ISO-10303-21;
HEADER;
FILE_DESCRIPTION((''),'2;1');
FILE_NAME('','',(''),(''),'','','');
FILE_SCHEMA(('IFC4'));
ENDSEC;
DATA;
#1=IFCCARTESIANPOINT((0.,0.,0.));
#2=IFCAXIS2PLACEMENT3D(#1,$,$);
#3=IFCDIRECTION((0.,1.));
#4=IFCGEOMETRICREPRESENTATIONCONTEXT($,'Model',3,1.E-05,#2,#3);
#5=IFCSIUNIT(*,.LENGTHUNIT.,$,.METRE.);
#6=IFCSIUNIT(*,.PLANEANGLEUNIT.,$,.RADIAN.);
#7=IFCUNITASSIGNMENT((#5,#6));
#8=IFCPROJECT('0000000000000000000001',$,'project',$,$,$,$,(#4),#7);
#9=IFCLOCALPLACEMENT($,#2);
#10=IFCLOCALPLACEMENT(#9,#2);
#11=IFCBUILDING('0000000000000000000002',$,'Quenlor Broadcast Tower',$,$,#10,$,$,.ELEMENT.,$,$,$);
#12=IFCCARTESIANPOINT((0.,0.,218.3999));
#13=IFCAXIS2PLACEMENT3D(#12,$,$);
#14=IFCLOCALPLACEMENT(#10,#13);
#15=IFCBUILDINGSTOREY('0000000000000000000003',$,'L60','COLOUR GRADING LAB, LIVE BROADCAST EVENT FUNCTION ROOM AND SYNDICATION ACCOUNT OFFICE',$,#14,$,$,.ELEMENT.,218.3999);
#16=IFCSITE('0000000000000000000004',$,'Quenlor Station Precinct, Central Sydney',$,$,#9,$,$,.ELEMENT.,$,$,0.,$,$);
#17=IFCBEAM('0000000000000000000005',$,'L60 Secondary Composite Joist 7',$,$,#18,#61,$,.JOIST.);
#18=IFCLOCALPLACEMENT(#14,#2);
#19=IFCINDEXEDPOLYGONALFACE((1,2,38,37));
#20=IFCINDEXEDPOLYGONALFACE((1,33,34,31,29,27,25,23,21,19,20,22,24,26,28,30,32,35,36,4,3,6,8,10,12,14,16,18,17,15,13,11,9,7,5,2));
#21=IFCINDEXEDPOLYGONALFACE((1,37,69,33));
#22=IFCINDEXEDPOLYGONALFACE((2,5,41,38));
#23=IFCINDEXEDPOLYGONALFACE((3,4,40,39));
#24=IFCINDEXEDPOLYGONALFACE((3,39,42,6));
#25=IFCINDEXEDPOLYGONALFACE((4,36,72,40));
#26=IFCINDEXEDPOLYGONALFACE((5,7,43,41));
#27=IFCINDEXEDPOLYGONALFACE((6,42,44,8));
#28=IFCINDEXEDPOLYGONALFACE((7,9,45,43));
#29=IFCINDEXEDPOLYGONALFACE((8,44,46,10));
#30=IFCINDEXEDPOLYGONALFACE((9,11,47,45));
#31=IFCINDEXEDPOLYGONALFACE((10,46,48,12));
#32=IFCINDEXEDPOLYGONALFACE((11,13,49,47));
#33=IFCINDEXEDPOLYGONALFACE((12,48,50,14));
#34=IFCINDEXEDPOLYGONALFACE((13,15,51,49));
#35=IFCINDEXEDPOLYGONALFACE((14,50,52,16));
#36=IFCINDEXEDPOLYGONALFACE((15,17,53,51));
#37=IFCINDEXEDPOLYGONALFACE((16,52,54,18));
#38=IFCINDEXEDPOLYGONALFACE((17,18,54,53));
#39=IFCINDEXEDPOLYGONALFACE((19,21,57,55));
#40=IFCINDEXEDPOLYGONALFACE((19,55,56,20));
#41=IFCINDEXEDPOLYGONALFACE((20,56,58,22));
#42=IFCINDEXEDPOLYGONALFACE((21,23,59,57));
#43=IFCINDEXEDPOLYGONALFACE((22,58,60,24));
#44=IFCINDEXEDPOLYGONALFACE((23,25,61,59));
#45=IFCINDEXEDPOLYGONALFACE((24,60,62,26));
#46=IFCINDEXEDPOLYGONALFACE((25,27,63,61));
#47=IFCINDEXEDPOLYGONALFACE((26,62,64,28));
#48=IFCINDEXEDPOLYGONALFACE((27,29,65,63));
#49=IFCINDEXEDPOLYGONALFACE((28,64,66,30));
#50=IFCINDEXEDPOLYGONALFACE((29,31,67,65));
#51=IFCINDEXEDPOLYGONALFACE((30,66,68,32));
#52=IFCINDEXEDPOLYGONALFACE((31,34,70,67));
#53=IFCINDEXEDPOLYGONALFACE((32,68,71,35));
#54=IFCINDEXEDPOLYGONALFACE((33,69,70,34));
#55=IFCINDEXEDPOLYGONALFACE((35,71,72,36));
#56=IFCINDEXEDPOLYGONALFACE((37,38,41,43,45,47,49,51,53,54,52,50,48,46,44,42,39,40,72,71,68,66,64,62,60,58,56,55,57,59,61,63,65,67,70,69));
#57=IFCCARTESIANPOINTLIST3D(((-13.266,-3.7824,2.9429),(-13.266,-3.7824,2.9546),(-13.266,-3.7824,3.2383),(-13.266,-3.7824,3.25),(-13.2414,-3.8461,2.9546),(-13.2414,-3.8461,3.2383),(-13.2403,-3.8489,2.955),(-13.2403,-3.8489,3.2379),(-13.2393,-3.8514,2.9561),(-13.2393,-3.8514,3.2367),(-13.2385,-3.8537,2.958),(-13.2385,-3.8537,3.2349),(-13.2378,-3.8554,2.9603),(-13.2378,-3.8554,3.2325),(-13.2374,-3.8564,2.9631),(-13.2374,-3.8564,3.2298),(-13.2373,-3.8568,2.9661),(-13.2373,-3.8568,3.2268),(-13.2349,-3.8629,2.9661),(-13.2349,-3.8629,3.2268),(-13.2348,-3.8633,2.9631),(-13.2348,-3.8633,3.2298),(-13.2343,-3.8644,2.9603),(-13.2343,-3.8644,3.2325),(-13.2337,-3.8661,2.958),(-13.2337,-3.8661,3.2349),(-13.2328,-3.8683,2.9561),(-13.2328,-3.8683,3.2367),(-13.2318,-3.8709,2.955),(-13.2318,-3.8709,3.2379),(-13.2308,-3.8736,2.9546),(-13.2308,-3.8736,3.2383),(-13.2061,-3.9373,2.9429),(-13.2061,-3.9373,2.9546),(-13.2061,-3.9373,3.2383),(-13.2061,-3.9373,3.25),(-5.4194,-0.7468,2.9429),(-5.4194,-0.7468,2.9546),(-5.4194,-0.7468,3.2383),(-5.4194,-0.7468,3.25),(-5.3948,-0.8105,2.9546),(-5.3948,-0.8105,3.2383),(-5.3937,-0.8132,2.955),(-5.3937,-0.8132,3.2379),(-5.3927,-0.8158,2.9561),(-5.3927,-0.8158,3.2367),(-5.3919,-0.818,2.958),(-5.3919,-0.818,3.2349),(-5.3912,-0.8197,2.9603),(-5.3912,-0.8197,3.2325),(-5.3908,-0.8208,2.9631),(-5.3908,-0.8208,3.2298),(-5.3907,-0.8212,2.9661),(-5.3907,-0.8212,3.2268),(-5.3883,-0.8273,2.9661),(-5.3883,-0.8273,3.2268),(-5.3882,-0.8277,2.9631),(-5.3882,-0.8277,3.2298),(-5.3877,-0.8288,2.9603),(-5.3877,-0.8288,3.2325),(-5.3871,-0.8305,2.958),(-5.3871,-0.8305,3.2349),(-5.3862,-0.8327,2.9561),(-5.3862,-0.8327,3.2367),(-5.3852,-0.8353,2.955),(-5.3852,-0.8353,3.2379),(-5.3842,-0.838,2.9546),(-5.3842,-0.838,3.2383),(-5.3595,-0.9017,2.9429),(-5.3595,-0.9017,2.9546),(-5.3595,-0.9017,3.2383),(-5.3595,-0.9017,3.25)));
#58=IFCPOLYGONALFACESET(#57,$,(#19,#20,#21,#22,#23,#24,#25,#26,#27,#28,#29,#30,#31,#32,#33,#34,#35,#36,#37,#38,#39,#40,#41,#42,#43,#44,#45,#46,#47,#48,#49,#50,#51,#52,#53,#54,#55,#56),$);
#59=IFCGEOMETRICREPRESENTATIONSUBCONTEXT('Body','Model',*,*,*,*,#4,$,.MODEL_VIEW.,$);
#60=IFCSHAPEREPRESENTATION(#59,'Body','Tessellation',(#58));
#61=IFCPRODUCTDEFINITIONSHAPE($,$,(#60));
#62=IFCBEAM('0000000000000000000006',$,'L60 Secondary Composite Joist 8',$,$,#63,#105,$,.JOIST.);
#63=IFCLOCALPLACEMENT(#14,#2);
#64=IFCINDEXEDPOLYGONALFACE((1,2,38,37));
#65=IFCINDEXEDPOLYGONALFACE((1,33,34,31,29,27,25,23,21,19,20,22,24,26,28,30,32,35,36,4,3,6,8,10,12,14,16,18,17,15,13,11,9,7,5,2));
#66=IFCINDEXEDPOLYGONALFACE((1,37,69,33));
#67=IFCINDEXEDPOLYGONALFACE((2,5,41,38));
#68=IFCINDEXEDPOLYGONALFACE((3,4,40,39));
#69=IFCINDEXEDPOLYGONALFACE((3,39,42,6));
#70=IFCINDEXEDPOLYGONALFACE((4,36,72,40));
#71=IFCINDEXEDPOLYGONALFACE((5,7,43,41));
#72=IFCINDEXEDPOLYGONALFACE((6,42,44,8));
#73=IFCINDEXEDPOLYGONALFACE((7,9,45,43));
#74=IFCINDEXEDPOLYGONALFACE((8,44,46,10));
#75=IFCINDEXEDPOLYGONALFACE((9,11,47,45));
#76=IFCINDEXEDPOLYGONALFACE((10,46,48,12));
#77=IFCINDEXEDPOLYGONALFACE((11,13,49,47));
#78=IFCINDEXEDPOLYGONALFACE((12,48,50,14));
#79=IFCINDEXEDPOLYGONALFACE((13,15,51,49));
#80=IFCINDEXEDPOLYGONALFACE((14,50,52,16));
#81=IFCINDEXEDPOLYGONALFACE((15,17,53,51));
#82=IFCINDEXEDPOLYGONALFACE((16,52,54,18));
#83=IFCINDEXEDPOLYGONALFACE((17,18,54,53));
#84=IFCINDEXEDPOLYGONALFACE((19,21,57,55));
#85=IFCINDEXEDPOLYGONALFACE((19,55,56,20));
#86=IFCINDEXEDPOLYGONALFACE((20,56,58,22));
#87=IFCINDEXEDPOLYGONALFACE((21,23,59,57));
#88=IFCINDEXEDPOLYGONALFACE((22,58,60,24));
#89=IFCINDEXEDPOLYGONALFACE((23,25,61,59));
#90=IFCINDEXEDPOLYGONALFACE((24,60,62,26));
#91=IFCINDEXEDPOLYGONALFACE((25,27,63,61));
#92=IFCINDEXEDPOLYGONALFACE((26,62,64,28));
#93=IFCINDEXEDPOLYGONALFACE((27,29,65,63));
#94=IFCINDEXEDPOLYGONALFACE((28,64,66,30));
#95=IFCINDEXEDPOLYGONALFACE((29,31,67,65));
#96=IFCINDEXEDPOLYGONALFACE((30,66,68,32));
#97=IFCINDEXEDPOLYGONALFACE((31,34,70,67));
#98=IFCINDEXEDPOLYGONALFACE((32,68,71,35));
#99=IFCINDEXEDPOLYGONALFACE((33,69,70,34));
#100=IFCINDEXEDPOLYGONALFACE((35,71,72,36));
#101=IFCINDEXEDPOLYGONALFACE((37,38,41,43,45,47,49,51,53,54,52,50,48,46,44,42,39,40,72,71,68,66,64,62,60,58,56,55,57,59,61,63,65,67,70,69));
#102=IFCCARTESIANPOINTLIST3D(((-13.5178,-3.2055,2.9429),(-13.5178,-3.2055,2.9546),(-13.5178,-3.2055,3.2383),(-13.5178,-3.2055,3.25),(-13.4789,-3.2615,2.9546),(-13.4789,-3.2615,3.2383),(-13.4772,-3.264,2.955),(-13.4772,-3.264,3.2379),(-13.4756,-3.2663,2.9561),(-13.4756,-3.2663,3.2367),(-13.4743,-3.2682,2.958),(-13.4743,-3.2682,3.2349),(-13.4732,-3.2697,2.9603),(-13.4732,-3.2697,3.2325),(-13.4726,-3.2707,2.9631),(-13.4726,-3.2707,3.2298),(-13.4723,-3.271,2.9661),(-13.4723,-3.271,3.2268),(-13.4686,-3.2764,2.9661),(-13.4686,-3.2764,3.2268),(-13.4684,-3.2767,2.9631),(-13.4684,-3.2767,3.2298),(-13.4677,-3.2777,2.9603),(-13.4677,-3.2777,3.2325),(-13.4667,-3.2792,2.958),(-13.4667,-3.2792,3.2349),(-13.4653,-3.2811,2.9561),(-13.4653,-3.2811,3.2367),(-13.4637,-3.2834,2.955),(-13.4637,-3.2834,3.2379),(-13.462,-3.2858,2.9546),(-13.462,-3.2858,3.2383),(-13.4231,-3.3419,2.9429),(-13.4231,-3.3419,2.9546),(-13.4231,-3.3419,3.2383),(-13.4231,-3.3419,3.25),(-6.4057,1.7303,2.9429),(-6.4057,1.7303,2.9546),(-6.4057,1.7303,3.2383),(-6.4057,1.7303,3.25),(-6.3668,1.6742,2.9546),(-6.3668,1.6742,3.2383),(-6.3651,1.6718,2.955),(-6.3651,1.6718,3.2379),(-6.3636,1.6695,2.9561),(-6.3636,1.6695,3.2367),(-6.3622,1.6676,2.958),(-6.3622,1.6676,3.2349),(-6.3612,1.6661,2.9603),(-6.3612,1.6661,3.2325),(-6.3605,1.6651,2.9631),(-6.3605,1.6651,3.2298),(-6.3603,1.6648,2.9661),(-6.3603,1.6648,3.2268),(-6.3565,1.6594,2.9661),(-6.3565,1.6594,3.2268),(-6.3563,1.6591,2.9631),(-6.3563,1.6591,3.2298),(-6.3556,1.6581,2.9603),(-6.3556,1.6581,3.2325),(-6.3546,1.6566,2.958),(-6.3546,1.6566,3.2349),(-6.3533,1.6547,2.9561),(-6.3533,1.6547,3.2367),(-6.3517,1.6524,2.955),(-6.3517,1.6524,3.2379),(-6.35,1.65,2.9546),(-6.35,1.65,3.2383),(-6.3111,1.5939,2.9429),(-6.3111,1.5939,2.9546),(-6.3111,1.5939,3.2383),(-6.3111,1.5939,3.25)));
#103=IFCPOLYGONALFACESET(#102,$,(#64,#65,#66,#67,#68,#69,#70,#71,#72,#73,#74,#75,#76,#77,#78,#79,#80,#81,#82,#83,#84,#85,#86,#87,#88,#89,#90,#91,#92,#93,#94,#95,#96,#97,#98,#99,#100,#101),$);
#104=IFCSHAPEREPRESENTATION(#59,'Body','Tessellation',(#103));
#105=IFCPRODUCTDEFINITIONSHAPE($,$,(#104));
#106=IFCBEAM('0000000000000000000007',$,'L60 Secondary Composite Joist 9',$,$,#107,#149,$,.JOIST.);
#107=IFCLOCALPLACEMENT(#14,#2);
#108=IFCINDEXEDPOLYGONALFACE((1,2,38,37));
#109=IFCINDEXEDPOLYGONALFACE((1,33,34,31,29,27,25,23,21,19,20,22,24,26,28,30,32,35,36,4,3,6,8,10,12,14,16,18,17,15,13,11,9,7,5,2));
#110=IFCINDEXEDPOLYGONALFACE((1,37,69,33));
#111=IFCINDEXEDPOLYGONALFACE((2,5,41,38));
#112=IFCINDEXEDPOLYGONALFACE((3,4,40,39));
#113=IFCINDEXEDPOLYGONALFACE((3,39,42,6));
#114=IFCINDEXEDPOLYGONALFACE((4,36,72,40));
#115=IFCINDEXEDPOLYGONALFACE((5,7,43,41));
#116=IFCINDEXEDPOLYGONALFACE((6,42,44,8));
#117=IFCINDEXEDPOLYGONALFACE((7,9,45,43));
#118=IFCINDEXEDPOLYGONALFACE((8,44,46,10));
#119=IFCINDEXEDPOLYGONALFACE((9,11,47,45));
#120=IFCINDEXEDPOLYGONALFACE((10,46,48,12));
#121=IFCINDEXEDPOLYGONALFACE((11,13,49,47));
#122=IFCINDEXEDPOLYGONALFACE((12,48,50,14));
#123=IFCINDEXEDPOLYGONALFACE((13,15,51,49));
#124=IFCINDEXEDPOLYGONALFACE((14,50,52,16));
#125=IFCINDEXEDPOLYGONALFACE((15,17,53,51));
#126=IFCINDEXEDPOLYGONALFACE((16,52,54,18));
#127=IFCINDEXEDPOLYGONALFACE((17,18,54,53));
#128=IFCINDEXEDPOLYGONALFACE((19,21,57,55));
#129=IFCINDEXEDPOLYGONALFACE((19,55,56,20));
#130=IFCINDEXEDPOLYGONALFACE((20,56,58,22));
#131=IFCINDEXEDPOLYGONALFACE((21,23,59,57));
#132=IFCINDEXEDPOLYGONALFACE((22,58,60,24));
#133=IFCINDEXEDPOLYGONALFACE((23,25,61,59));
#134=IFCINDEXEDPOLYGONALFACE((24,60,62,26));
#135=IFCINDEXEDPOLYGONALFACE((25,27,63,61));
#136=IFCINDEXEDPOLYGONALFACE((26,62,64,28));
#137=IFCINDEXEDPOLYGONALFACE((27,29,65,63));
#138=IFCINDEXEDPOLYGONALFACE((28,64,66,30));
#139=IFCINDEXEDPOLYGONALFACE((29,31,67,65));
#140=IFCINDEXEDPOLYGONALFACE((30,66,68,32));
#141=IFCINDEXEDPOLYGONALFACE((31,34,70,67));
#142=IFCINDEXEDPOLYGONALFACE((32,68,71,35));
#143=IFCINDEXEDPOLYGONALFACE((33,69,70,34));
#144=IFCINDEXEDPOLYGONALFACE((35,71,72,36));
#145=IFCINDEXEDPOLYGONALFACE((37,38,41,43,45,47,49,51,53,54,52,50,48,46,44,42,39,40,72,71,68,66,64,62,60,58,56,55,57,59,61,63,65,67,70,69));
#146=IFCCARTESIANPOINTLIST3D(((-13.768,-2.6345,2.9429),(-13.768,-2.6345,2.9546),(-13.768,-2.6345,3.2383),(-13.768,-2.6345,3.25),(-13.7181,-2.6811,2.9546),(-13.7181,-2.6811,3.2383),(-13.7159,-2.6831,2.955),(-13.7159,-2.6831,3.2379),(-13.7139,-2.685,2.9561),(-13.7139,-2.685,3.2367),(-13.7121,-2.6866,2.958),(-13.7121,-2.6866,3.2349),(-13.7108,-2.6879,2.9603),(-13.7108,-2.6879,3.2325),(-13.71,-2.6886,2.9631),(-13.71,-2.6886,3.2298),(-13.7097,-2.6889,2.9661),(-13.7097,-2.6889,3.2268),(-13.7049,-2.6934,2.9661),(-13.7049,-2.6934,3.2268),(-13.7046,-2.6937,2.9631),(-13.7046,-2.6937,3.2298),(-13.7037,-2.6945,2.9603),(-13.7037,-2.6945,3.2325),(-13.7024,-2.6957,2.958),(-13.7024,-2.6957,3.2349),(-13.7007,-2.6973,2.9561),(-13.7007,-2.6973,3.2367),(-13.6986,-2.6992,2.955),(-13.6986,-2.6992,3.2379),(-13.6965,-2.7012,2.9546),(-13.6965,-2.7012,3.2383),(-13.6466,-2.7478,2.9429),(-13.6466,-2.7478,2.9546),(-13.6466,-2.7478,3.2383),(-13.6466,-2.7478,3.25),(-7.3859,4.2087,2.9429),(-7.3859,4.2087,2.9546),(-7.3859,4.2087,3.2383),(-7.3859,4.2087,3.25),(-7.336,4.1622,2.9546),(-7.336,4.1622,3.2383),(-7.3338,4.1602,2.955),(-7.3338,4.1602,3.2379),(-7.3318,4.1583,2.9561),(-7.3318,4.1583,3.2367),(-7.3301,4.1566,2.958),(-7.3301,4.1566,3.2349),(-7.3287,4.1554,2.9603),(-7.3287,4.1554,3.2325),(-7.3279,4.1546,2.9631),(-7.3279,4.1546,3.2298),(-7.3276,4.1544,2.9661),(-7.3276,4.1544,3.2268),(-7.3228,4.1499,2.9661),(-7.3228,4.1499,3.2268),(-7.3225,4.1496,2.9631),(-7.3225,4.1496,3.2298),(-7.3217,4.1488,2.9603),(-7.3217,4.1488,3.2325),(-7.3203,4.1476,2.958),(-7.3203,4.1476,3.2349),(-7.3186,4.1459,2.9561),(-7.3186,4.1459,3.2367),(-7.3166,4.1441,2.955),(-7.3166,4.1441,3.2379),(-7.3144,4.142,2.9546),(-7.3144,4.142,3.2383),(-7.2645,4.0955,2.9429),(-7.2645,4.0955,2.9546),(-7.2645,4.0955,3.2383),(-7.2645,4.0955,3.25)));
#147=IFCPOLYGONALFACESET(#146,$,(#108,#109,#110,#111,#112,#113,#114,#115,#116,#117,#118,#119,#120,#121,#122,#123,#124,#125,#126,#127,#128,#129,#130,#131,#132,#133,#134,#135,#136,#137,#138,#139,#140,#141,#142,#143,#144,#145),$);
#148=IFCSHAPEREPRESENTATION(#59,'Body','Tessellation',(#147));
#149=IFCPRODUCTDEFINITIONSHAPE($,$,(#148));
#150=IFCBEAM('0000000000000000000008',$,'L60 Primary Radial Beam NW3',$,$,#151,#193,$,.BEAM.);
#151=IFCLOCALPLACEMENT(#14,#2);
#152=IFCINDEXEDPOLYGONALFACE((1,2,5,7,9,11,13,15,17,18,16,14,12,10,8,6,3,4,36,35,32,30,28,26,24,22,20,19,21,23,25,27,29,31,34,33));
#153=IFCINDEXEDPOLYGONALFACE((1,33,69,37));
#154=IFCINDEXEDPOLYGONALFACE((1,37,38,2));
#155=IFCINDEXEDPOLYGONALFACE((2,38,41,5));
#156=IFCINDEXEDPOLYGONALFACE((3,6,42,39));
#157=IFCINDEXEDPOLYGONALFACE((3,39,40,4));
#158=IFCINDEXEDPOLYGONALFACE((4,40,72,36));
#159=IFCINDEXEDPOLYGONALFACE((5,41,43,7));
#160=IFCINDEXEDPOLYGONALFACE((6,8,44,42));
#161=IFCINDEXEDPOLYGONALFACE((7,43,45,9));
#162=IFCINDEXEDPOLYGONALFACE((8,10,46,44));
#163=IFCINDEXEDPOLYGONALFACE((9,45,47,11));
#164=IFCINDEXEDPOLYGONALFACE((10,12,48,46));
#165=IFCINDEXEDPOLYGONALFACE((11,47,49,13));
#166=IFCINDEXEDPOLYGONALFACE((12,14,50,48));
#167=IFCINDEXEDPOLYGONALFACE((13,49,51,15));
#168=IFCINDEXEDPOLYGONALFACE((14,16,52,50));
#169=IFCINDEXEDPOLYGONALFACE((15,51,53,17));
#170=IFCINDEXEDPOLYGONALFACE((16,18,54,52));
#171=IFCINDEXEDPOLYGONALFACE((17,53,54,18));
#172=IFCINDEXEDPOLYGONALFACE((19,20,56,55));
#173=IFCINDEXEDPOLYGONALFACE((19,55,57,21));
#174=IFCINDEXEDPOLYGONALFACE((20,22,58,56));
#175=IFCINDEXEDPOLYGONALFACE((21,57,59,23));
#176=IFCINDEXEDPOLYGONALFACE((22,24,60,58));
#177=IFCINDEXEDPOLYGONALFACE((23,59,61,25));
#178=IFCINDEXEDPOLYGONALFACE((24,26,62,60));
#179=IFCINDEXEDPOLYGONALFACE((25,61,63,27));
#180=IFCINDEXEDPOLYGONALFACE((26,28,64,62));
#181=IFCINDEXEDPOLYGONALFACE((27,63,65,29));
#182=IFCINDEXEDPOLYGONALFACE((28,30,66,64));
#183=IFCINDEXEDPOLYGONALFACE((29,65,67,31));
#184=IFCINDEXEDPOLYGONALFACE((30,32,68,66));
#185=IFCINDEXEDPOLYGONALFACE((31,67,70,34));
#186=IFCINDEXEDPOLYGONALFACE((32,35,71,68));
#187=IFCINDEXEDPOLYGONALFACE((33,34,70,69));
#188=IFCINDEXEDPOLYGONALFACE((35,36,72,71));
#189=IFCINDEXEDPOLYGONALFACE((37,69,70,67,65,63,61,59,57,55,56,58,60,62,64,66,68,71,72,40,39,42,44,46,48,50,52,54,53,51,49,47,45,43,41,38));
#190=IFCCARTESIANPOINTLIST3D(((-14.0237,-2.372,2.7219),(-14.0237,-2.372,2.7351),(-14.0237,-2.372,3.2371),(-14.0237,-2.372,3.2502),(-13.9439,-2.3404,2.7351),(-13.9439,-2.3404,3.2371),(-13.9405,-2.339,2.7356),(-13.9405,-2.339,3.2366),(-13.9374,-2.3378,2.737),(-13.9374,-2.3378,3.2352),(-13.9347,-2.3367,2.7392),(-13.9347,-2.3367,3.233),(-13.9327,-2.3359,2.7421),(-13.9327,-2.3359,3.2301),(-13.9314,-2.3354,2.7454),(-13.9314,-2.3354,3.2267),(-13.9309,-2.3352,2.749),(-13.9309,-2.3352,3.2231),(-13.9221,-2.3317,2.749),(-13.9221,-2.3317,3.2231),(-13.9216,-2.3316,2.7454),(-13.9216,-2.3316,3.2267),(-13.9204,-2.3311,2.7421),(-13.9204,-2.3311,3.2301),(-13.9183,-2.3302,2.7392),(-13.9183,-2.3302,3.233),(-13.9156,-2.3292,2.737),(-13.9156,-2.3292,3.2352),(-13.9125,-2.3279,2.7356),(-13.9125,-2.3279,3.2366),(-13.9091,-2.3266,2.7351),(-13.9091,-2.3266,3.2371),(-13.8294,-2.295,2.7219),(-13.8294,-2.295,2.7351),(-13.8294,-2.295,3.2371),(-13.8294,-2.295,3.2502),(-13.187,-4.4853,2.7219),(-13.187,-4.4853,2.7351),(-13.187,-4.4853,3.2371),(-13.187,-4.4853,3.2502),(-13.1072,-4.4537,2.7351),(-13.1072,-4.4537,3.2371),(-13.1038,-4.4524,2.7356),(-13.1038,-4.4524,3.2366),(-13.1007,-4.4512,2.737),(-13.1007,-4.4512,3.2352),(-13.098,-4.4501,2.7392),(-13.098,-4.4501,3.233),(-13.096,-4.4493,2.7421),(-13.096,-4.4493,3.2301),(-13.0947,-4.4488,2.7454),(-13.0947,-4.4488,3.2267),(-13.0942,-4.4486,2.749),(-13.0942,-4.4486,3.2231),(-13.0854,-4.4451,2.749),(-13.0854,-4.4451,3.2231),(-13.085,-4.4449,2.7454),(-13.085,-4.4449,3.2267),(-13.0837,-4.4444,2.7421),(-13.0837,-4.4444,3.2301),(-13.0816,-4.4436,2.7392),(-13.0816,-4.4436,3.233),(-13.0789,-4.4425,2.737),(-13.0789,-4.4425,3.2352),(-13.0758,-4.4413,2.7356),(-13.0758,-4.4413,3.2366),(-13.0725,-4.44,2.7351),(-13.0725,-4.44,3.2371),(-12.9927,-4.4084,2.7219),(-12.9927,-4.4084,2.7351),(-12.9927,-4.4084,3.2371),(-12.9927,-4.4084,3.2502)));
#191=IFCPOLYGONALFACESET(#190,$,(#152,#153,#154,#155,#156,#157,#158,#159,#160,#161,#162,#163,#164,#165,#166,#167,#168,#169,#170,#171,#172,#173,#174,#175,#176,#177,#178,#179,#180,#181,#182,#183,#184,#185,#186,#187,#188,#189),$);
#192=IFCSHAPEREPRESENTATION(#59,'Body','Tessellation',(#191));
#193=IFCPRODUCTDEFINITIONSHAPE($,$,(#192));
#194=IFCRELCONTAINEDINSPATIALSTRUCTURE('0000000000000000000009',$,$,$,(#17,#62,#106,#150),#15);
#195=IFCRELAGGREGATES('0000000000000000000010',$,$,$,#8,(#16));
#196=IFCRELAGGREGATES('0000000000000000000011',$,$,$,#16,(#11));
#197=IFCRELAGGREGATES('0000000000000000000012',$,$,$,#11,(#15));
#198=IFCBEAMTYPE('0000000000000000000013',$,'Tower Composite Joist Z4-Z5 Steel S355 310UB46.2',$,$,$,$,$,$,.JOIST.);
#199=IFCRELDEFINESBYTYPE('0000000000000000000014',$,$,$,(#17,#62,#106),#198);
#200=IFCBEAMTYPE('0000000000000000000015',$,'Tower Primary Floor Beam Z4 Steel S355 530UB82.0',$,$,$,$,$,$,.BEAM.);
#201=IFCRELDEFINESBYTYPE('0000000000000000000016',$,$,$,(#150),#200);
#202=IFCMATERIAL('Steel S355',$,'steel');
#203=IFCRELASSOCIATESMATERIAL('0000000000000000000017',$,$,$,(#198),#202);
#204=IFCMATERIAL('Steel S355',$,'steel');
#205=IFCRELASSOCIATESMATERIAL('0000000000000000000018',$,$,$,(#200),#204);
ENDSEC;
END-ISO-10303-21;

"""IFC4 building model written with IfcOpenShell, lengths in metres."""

from ifc_helpers import new_model, si_unit, direction, frame, origin, origin_2d, place, context, subcontext, project, spatial, i_section, extrude, material, material_profile, profile_set, type_object, element, save


model = new_model("IFC4")

# Units and contexts
model_context = context("Model", 3, precision=1e-05, world=origin(), true_north=direction((0.0, 1.0)))
body_context = subcontext(model_context, "Body", "Model", "MODEL_VIEW")
ifc_project = project(units=[si_unit("LENGTHUNIT", "METRE"), si_unit("PLANEANGLEUNIT", "RADIAN")], contexts=[model_context])

# Site, building, storey
site_placement = place(None, origin())
site = spatial("IfcSite", under=ifc_project, at=site_placement, Name="Quenlor Station Precinct, Central Sydney", CompositionType="ELEMENT", RefElevation=0.0)
building_placement = place(site_placement, origin())
building = spatial("IfcBuilding", under=site, at=building_placement, Name="Quenlor Broadcast Tower", CompositionType="ELEMENT")
storey_placement = place(building_placement, frame((0.0, 0.0, 218.3999)))
storey = spatial("IfcBuildingStorey", under=building, at=storey_placement, Name="L60", Description="COLOUR GRADING LAB, LIVE BROADCAST EVENT FUNCTION ROOM AND SYNDICATION ACCOUNT OFFICE", CompositionType="ELEMENT", Elevation=218.3999)

# Beams
ifc_material_1 = material(Name="Steel S355", Category="steel")
ifc_material_profile_1 = material_profile(ifc_material_1, i_section(OverallWidth=0.166, OverallDepth=0.3071, WebThickness=0.0066, FlangeThickness=0.0117, FilletRadius=0.0115, at=origin_2d()))
ifc_profile_set_1 = profile_set([ifc_material_profile_1], Name="Steel S355 310UB46.2")
beam_type_1 = type_object("IfcBeamType", Name="Tower Composite Joist Z4-Z5 Steel S355 310UB46.2", PredefinedType="JOIST", material=ifc_profile_set_1)
beam_1_placement = place(storey_placement, frame((-13.2361, -3.8599, 3.0964), z_axis=(0.932639, 0.36081, 0.0), x_axis=(-0.36081, 0.932639, 0.0)))
element("IfcBeam", 1, at=beam_1_placement, inside=storey, type_object=beam_type_1, Name="L60 Secondary Composite Joist 7", PredefinedType="JOIST", context=body_context, shape_type="SweptSolid", body=[
    extrude(i_section(OverallWidth=0.166, OverallDepth=0.3071, WebThickness=0.0066, FlangeThickness=0.0117, FilletRadius=0.0115, at=origin_2d()), origin(), (0.0, 0.0, 1.0), 8.4133),
])
beam_2_placement = place(storey_placement, frame((-13.4705, -3.2737, 3.0964), z_axis=(0.82154, 0.570151, 0.0), x_axis=(-0.570151, 0.82154, 0.0)))
element("IfcBeam", 2, at=beam_2_placement, inside=storey, type_object=beam_type_1, Name="L60 Secondary Composite Joist 8", PredefinedType="JOIST", context=body_context, shape_type="SweptSolid", body=[
    extrude(i_section(OverallWidth=0.166, OverallDepth=0.3071, WebThickness=0.0066, FlangeThickness=0.0117, FilletRadius=0.0115, at=origin_2d()), origin(), (0.0, 0.0, 1.0), 8.657),
])
beam_3_placement = place(storey_placement, frame((-13.7073, -2.6912, 3.0964), z_axis=(0.682035, 0.73132, 0.0), x_axis=(-0.73132, 0.682035, 0.0)))
element("IfcBeam", 3, at=beam_3_placement, inside=storey, type_object=beam_type_1, Name="L60 Secondary Composite Joist 9", PredefinedType="JOIST", context=body_context, shape_type="SweptSolid", body=[
    extrude(i_section(OverallWidth=0.166, OverallDepth=0.3071, WebThickness=0.0066, FlangeThickness=0.0117, FilletRadius=0.0115, at=origin_2d()), origin(), (0.0, 0.0, 1.0), 9.3574),
])
ifc_material_2 = material(Name="Steel S355", Category="steel")
ifc_material_profile_2 = material_profile(ifc_material_2, i_section(OverallWidth=0.209, OverallDepth=0.5283, WebThickness=0.0095, FlangeThickness=0.0132, FilletRadius=0.0139, at=origin_2d()))
ifc_profile_set_2 = profile_set([ifc_material_profile_2], Name="Steel S355 530UB82.0")
beam_type_2 = type_object("IfcBeamType", Name="Tower Primary Floor Beam Z4 Steel S355 530UB82.0", PredefinedType="BEAM", material=ifc_profile_set_2)
beam_4_placement = place(storey_placement, frame((-13.9265, -2.3335, 2.9861), z_axis=(0.36811, -0.929782, 0.0), x_axis=(0.929782, 0.36811, 0.0)))
element("IfcBeam", 4, at=beam_4_placement, inside=storey, type_object=beam_type_2, Name="L60 Primary Radial Beam NW3", PredefinedType="BEAM", context=body_context, shape_type="SweptSolid", body=[
    extrude(i_section(OverallWidth=0.209, OverallDepth=0.5283, WebThickness=0.0095, FlangeThickness=0.0132, FilletRadius=0.0139, at=origin_2d()), origin(), (0.0, 0.0, 1.0), 2.2729),
])

save(model, "model.ifc")
